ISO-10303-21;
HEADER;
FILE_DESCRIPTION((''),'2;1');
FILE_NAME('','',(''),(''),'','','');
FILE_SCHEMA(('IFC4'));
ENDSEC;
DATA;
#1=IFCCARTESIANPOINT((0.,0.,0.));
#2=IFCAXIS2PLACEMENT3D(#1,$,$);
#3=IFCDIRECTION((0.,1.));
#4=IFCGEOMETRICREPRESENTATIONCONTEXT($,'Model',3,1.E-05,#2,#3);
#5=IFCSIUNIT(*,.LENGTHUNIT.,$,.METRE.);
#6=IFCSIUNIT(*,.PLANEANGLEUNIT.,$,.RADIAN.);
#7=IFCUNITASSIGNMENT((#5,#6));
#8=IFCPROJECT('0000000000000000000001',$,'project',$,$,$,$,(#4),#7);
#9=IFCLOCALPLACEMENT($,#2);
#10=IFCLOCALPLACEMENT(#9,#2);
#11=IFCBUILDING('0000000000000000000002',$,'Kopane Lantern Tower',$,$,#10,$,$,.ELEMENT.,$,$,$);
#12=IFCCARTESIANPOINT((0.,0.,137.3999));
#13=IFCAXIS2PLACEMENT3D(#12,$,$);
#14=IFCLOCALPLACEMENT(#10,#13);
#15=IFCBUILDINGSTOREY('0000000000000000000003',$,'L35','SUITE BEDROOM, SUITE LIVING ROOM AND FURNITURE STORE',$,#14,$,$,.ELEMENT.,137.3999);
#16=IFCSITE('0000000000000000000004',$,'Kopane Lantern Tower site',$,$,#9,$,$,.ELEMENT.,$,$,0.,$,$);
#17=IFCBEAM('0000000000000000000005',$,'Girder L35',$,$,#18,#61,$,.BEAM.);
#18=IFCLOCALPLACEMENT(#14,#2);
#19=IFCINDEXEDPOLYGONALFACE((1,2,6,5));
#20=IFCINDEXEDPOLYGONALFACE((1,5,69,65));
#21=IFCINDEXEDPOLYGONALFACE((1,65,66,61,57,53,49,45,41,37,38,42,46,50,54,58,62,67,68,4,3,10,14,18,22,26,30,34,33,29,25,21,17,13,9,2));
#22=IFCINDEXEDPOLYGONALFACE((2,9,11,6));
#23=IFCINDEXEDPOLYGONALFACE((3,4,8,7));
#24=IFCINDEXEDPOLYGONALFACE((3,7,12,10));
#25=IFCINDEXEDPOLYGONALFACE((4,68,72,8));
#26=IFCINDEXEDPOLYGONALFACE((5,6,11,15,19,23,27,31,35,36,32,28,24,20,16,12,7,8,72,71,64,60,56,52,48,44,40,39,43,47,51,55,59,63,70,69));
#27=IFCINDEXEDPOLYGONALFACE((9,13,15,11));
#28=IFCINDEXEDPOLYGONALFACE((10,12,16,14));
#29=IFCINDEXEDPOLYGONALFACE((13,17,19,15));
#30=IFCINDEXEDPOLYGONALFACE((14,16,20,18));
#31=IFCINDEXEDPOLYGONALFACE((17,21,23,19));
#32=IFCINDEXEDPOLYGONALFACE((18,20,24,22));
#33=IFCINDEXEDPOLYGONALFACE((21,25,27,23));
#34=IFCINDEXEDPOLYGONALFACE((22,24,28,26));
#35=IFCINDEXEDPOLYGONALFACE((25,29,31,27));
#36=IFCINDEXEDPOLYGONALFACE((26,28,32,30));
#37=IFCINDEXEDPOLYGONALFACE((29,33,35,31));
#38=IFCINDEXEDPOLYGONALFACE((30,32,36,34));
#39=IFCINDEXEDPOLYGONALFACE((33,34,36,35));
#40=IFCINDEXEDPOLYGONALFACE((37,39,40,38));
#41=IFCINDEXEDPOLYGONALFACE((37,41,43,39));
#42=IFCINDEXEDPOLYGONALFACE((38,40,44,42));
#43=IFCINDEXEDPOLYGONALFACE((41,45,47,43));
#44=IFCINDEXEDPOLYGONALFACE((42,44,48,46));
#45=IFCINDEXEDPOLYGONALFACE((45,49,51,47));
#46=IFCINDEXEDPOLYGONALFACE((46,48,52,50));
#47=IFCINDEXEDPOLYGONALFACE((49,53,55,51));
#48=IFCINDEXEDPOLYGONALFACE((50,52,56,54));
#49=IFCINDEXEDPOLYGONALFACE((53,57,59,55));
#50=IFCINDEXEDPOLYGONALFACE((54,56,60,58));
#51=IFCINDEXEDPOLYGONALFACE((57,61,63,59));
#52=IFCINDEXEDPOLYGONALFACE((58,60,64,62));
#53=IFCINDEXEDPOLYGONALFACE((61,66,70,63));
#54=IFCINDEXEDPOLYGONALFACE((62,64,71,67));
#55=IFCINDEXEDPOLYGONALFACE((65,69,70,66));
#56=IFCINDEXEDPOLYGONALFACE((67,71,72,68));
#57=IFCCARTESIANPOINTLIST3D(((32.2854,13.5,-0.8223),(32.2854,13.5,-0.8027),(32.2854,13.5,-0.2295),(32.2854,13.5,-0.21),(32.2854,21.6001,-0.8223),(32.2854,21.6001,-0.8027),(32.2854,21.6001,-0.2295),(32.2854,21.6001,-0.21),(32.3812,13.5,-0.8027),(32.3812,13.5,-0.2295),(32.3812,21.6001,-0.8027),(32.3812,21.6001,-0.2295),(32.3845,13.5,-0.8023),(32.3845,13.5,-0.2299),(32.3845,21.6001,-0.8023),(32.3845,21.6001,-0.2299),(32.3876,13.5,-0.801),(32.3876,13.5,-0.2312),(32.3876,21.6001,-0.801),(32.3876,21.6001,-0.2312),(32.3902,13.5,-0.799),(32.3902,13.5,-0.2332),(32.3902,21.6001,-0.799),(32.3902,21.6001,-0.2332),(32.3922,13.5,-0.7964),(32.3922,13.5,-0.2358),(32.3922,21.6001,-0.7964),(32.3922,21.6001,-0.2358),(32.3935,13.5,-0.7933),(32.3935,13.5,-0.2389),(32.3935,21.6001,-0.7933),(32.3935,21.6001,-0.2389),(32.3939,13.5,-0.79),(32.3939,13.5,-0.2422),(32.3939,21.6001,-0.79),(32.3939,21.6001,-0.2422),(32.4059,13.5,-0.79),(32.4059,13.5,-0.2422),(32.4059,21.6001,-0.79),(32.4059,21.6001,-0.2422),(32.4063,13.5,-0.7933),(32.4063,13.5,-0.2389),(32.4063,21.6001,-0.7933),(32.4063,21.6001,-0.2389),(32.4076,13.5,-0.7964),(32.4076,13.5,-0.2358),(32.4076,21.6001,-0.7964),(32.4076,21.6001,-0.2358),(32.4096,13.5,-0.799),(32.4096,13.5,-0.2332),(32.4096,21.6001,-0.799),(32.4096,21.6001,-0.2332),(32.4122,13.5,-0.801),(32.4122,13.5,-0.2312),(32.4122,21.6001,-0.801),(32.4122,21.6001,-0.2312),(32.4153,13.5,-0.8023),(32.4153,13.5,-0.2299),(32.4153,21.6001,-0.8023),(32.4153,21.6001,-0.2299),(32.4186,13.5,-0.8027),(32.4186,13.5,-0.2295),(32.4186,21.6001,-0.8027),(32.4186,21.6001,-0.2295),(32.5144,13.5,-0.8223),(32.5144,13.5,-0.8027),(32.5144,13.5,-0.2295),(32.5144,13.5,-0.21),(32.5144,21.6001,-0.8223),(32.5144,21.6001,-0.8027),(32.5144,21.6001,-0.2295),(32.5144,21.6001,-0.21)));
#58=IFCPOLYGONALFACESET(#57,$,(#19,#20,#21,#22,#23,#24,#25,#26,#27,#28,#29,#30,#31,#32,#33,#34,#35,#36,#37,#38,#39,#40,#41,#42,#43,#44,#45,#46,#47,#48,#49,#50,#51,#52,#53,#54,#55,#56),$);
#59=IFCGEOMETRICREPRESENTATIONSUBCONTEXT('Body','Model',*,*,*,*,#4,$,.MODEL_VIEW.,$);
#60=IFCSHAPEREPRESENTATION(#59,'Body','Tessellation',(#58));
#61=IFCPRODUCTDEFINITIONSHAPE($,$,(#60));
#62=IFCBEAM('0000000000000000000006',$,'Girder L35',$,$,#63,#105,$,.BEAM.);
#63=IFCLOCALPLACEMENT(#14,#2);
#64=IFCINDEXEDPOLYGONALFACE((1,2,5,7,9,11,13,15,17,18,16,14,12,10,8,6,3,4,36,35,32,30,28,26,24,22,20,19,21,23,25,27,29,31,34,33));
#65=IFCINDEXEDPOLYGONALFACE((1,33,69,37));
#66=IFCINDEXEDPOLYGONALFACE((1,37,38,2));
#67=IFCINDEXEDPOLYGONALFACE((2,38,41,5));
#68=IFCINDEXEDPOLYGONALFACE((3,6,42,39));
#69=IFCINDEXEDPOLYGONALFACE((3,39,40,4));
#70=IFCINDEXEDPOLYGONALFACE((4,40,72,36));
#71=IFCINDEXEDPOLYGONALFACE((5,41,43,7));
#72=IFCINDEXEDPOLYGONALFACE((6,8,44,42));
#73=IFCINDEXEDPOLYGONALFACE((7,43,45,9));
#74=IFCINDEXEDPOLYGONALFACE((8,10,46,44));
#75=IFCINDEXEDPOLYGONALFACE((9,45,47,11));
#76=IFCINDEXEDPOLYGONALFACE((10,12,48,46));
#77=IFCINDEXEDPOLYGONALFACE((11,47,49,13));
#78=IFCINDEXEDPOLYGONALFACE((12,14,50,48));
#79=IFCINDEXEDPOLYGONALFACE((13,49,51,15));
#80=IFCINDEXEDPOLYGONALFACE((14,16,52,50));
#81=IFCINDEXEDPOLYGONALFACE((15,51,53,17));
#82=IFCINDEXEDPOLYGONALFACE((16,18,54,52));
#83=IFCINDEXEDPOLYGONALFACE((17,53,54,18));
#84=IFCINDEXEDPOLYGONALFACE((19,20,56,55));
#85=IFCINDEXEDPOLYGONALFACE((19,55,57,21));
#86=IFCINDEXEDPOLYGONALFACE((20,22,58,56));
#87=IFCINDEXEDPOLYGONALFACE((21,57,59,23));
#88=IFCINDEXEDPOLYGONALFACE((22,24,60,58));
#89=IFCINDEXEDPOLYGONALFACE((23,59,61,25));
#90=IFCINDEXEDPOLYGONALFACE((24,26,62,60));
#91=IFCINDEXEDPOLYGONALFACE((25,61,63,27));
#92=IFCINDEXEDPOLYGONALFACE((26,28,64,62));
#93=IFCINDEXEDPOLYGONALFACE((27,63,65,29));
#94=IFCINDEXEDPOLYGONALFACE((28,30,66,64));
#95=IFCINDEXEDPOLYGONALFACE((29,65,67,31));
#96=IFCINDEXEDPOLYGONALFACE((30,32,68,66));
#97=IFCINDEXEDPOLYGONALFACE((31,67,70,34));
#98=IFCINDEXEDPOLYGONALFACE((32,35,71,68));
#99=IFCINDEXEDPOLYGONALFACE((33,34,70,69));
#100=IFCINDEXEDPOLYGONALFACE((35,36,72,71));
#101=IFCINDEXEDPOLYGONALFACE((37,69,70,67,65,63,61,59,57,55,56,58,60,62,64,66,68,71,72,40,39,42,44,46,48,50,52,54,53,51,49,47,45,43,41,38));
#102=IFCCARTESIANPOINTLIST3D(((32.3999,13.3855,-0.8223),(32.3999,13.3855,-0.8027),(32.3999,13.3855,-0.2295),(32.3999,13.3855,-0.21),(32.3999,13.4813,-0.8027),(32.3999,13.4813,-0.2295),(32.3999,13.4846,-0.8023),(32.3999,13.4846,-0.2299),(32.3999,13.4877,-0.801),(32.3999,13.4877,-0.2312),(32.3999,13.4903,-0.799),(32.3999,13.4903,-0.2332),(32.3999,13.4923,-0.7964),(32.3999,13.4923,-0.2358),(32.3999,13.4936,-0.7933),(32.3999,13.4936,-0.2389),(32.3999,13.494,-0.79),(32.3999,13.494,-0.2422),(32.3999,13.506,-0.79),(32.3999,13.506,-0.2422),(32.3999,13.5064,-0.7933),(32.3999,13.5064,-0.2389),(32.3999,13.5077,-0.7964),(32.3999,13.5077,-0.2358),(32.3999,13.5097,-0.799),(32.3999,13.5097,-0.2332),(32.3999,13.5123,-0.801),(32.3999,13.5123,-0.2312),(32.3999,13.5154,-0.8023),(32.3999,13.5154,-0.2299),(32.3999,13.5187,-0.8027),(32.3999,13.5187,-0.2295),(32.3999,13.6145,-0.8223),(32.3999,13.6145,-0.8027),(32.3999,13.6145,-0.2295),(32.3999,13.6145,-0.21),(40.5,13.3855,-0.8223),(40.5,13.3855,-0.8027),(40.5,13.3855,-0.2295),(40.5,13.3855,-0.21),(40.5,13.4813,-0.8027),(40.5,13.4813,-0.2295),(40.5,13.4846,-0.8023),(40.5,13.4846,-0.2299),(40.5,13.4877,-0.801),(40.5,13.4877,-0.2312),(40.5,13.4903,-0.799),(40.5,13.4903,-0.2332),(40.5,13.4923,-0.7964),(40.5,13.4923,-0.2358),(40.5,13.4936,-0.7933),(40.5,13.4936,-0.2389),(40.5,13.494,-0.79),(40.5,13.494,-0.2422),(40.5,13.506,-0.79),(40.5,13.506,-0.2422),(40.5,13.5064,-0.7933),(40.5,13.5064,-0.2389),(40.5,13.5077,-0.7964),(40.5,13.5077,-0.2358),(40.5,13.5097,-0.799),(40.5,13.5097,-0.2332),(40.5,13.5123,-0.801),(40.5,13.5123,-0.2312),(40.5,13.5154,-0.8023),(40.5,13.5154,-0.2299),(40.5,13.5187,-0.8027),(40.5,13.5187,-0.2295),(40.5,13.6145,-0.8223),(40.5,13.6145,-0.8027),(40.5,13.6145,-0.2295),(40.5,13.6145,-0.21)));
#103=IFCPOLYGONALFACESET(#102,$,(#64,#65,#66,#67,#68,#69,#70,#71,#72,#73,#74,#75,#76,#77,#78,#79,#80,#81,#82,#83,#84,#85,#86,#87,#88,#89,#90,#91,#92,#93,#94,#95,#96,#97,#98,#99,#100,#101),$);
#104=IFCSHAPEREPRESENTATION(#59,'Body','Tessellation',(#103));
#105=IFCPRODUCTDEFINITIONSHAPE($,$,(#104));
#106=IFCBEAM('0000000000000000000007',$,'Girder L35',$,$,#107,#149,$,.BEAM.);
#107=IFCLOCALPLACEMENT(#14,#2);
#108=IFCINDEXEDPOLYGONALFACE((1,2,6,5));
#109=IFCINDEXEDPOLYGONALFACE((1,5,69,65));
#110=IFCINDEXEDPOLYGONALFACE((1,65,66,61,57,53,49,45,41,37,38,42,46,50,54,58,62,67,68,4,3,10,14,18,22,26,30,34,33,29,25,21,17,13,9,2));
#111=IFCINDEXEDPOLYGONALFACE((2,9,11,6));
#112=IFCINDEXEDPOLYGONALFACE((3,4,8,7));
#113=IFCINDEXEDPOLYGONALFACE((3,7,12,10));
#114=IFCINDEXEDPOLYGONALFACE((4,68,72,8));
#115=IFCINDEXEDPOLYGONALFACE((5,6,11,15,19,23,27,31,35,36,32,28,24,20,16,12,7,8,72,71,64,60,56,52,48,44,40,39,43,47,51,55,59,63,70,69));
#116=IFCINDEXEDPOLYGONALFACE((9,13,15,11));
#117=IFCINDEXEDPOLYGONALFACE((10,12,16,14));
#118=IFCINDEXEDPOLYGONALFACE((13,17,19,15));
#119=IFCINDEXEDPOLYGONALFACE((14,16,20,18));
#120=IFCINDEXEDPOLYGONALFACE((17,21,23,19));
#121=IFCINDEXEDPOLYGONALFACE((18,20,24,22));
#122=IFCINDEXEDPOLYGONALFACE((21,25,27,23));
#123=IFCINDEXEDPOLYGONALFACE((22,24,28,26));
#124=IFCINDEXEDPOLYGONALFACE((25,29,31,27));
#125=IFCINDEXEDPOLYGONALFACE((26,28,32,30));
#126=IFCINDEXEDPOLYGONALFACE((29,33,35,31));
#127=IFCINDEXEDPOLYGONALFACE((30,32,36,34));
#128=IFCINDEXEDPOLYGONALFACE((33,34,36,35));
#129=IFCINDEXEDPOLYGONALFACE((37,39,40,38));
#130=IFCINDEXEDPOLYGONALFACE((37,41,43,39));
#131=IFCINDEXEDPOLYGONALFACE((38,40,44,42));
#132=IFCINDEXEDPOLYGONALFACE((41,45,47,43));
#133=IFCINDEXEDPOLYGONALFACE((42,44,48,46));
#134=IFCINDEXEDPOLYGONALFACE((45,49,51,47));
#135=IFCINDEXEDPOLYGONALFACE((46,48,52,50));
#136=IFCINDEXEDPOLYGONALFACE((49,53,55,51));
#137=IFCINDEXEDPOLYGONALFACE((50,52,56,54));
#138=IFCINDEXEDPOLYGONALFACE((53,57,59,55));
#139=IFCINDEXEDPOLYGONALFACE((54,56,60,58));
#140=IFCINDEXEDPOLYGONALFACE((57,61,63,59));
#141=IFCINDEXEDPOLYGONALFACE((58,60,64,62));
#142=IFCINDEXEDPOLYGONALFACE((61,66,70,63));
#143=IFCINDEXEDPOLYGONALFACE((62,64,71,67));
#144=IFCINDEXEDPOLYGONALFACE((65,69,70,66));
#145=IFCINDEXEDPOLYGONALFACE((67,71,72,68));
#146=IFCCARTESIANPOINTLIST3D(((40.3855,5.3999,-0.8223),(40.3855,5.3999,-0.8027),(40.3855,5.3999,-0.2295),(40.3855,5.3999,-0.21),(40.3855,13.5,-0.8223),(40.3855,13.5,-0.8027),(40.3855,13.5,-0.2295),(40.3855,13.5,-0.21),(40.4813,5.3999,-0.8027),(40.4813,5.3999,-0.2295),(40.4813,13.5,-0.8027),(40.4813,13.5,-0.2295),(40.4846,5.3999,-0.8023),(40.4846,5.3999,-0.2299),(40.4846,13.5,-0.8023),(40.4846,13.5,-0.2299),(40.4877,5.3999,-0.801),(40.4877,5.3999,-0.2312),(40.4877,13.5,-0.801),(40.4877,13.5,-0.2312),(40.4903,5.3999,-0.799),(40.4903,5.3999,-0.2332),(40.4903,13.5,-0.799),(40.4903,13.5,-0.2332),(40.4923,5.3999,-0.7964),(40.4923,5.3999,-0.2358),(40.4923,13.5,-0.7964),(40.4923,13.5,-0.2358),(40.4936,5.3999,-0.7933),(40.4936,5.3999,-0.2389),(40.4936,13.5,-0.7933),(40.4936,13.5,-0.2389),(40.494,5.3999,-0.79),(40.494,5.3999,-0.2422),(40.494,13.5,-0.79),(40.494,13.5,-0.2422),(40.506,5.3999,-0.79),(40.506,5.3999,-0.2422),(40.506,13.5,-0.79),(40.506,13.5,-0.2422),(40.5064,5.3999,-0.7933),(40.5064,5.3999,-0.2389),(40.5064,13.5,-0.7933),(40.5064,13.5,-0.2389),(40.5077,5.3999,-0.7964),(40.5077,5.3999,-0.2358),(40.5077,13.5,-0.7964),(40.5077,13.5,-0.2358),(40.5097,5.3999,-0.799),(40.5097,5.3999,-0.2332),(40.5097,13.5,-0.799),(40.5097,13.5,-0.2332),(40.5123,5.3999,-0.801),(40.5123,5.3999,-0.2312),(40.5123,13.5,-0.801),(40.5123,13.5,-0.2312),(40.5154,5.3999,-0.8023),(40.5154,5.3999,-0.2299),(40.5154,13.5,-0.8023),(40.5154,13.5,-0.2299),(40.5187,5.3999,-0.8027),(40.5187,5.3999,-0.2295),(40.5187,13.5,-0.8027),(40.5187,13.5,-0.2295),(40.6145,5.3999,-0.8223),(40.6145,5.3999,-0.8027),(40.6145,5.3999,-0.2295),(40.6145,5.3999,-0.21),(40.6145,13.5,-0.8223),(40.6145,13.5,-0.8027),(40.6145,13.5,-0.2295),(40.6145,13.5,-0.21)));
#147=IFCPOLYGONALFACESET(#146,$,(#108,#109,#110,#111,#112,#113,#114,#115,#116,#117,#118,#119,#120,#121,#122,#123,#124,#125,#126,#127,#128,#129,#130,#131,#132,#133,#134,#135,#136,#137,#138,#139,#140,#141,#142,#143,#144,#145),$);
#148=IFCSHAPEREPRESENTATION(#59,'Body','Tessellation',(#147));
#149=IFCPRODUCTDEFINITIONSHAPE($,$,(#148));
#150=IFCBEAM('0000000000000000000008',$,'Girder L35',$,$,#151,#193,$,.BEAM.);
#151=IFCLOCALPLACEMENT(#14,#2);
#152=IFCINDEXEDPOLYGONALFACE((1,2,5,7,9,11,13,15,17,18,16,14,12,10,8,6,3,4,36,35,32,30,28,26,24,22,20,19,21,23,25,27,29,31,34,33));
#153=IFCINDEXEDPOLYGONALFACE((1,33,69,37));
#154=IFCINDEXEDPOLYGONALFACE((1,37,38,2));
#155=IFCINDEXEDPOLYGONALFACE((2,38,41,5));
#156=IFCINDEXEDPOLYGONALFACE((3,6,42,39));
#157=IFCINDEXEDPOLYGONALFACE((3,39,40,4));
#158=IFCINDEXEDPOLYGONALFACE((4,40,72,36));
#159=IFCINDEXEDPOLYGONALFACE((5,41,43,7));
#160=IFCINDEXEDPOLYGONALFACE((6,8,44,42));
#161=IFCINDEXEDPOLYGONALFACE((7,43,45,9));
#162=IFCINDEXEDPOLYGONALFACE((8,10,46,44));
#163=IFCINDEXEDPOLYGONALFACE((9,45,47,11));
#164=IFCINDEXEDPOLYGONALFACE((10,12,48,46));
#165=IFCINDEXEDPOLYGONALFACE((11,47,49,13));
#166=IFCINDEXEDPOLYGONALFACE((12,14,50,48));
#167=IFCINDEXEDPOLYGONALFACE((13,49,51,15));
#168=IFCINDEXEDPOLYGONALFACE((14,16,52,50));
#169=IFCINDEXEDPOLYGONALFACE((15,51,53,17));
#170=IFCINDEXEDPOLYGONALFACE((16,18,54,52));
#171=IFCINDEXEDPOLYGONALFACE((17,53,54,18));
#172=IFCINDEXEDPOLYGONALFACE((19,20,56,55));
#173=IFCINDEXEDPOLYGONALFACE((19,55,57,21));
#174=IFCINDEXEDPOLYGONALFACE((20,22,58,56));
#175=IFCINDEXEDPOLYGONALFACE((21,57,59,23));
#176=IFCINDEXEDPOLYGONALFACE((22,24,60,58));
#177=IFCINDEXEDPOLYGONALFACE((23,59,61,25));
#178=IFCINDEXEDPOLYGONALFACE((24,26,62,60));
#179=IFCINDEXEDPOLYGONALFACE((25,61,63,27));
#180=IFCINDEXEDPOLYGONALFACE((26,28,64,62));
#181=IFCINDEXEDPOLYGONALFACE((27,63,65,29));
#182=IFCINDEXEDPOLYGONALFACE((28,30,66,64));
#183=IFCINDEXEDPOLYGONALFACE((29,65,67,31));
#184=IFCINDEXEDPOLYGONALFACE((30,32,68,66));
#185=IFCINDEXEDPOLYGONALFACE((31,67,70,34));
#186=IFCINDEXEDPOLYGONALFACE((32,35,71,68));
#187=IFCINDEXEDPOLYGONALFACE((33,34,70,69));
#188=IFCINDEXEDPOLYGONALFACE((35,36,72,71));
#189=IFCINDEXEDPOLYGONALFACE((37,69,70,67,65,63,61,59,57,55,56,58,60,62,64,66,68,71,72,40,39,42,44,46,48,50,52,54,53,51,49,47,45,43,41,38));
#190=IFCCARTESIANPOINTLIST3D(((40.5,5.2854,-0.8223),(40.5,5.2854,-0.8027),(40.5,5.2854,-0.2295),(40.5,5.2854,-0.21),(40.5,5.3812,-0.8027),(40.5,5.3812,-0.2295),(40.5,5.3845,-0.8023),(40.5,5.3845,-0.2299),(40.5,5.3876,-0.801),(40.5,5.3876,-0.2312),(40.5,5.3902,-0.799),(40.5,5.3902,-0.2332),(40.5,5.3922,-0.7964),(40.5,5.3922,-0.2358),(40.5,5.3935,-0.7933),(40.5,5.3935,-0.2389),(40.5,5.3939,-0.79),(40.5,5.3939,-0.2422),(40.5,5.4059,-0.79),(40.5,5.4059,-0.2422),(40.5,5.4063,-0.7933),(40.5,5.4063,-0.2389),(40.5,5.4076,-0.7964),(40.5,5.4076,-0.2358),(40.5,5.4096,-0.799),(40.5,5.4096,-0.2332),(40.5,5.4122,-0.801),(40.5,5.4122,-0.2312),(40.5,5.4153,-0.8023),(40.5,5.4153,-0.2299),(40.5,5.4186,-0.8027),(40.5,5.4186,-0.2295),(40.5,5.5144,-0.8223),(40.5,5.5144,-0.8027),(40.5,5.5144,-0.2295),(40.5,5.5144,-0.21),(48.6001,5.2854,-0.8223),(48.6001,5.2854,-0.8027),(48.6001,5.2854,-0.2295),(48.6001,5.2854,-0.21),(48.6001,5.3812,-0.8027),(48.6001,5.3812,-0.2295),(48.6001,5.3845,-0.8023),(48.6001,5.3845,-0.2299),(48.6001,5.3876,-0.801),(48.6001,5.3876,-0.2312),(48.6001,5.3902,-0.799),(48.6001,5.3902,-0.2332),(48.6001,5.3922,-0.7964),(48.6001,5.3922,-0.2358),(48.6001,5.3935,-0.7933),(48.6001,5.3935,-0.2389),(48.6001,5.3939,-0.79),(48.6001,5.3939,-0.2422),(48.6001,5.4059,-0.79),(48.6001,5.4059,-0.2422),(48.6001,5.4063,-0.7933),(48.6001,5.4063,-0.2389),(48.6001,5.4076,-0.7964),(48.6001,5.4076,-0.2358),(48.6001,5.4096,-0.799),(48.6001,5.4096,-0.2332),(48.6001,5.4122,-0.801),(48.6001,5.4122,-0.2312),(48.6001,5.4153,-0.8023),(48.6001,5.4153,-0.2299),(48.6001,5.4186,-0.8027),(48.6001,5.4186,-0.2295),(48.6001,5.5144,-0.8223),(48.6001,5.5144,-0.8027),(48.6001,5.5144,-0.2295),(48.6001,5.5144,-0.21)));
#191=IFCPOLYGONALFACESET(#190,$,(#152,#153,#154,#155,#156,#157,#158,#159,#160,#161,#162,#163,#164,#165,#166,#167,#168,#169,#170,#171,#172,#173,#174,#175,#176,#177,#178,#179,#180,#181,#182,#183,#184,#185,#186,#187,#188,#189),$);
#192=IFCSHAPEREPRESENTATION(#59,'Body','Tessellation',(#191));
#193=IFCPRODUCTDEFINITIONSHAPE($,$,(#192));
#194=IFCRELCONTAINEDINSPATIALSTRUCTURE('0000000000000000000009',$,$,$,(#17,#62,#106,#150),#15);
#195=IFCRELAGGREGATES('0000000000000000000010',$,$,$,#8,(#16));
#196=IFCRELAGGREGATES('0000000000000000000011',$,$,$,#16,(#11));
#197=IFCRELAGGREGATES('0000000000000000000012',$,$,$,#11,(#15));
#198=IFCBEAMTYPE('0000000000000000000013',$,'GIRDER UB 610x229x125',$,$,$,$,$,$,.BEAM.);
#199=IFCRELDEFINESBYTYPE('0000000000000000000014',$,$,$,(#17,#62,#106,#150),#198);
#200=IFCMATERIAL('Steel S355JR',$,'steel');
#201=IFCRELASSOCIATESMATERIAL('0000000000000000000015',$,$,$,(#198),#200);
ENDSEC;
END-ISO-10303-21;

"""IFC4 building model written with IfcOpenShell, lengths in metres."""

from ifc_helpers import new_model, si_unit, direction, frame, origin, origin_2d, place, context, subcontext, project, spatial, i_section, extrude, material, material_profile, profile_set, type_object, element, save


model = new_model("IFC4")

# Units and contexts
model_context = context("Model", 3, precision=1e-05, world=origin(), true_north=direction((0.0, 1.0)))
body_context = subcontext(model_context, "Body", "Model", "MODEL_VIEW")
ifc_project = project(units=[si_unit("LENGTHUNIT", "METRE"), si_unit("PLANEANGLEUNIT", "RADIAN")], contexts=[model_context])

# Site, building, storey
site_placement = place(None, origin())
site = spatial("IfcSite", under=ifc_project, at=site_placement, Name="Kopane Lantern Tower site", CompositionType="ELEMENT", RefElevation=0.0)
building_placement = place(site_placement, origin())
building = spatial("IfcBuilding", under=site, at=building_placement, Name="Kopane Lantern Tower", CompositionType="ELEMENT")
storey_placement = place(building_placement, frame((0.0, 0.0, 137.3999)))
storey = spatial("IfcBuildingStorey", under=building, at=storey_placement, Name="L35", Description="SUITE BEDROOM, SUITE LIVING ROOM AND FURNITURE STORE", CompositionType="ELEMENT", Elevation=137.3999)

# Beams
ifc_material_1 = material(Name="Steel S355JR", Category="steel")
ifc_material_profile_1 = material_profile(ifc_material_1, i_section(OverallWidth=0.229, OverallDepth=0.6123, WebThickness=0.012, FlangeThickness=0.0195, FilletRadius=0.0127, at=origin_2d()), Name="UB 610x229x125")
ifc_profile_set_1 = profile_set([ifc_material_profile_1], Name="Steel S355JR")
beam_type = type_object("IfcBeamType", Name="GIRDER UB 610x229x125", PredefinedType="BEAM", material=ifc_profile_set_1)
for number, where, z_axis, x_axis, name in (
    (1, (32.3999, 13.5, -0.5161), (0.0, 1.0, 0.0), (-1.0, 0.0, 0.0), "Girder L35"),
    (2, (32.3999, 13.5, -0.5161), (1.0, 0.0, 0.0), (0.0, 1.0, 0.0), "Girder L35"),
    (3, (40.5, 5.3999, -0.5161), (0.0, 1.0, 0.0), (-1.0, 0.0, 0.0), "Girder L35"),
    (4, (40.5, 5.3999, -0.5161), (1.0, 0.0, 0.0), (0.0, 1.0, 0.0), "Girder L35"),
):
    element("IfcBeam", number, at=place(storey_placement, frame(where, z_axis=z_axis, x_axis=x_axis)), inside=storey, type_object=beam_type, Name=name, PredefinedType="BEAM", context=body_context, shape_type="SweptSolid", body=[
        extrude(i_section(OverallWidth=0.229, OverallDepth=0.6123, WebThickness=0.012, FlangeThickness=0.0195, FilletRadius=0.0127, at=origin_2d()), origin(), (0.0, 0.0, 1.0), 8.1001),
    ])

save(model, "model.ifc")
